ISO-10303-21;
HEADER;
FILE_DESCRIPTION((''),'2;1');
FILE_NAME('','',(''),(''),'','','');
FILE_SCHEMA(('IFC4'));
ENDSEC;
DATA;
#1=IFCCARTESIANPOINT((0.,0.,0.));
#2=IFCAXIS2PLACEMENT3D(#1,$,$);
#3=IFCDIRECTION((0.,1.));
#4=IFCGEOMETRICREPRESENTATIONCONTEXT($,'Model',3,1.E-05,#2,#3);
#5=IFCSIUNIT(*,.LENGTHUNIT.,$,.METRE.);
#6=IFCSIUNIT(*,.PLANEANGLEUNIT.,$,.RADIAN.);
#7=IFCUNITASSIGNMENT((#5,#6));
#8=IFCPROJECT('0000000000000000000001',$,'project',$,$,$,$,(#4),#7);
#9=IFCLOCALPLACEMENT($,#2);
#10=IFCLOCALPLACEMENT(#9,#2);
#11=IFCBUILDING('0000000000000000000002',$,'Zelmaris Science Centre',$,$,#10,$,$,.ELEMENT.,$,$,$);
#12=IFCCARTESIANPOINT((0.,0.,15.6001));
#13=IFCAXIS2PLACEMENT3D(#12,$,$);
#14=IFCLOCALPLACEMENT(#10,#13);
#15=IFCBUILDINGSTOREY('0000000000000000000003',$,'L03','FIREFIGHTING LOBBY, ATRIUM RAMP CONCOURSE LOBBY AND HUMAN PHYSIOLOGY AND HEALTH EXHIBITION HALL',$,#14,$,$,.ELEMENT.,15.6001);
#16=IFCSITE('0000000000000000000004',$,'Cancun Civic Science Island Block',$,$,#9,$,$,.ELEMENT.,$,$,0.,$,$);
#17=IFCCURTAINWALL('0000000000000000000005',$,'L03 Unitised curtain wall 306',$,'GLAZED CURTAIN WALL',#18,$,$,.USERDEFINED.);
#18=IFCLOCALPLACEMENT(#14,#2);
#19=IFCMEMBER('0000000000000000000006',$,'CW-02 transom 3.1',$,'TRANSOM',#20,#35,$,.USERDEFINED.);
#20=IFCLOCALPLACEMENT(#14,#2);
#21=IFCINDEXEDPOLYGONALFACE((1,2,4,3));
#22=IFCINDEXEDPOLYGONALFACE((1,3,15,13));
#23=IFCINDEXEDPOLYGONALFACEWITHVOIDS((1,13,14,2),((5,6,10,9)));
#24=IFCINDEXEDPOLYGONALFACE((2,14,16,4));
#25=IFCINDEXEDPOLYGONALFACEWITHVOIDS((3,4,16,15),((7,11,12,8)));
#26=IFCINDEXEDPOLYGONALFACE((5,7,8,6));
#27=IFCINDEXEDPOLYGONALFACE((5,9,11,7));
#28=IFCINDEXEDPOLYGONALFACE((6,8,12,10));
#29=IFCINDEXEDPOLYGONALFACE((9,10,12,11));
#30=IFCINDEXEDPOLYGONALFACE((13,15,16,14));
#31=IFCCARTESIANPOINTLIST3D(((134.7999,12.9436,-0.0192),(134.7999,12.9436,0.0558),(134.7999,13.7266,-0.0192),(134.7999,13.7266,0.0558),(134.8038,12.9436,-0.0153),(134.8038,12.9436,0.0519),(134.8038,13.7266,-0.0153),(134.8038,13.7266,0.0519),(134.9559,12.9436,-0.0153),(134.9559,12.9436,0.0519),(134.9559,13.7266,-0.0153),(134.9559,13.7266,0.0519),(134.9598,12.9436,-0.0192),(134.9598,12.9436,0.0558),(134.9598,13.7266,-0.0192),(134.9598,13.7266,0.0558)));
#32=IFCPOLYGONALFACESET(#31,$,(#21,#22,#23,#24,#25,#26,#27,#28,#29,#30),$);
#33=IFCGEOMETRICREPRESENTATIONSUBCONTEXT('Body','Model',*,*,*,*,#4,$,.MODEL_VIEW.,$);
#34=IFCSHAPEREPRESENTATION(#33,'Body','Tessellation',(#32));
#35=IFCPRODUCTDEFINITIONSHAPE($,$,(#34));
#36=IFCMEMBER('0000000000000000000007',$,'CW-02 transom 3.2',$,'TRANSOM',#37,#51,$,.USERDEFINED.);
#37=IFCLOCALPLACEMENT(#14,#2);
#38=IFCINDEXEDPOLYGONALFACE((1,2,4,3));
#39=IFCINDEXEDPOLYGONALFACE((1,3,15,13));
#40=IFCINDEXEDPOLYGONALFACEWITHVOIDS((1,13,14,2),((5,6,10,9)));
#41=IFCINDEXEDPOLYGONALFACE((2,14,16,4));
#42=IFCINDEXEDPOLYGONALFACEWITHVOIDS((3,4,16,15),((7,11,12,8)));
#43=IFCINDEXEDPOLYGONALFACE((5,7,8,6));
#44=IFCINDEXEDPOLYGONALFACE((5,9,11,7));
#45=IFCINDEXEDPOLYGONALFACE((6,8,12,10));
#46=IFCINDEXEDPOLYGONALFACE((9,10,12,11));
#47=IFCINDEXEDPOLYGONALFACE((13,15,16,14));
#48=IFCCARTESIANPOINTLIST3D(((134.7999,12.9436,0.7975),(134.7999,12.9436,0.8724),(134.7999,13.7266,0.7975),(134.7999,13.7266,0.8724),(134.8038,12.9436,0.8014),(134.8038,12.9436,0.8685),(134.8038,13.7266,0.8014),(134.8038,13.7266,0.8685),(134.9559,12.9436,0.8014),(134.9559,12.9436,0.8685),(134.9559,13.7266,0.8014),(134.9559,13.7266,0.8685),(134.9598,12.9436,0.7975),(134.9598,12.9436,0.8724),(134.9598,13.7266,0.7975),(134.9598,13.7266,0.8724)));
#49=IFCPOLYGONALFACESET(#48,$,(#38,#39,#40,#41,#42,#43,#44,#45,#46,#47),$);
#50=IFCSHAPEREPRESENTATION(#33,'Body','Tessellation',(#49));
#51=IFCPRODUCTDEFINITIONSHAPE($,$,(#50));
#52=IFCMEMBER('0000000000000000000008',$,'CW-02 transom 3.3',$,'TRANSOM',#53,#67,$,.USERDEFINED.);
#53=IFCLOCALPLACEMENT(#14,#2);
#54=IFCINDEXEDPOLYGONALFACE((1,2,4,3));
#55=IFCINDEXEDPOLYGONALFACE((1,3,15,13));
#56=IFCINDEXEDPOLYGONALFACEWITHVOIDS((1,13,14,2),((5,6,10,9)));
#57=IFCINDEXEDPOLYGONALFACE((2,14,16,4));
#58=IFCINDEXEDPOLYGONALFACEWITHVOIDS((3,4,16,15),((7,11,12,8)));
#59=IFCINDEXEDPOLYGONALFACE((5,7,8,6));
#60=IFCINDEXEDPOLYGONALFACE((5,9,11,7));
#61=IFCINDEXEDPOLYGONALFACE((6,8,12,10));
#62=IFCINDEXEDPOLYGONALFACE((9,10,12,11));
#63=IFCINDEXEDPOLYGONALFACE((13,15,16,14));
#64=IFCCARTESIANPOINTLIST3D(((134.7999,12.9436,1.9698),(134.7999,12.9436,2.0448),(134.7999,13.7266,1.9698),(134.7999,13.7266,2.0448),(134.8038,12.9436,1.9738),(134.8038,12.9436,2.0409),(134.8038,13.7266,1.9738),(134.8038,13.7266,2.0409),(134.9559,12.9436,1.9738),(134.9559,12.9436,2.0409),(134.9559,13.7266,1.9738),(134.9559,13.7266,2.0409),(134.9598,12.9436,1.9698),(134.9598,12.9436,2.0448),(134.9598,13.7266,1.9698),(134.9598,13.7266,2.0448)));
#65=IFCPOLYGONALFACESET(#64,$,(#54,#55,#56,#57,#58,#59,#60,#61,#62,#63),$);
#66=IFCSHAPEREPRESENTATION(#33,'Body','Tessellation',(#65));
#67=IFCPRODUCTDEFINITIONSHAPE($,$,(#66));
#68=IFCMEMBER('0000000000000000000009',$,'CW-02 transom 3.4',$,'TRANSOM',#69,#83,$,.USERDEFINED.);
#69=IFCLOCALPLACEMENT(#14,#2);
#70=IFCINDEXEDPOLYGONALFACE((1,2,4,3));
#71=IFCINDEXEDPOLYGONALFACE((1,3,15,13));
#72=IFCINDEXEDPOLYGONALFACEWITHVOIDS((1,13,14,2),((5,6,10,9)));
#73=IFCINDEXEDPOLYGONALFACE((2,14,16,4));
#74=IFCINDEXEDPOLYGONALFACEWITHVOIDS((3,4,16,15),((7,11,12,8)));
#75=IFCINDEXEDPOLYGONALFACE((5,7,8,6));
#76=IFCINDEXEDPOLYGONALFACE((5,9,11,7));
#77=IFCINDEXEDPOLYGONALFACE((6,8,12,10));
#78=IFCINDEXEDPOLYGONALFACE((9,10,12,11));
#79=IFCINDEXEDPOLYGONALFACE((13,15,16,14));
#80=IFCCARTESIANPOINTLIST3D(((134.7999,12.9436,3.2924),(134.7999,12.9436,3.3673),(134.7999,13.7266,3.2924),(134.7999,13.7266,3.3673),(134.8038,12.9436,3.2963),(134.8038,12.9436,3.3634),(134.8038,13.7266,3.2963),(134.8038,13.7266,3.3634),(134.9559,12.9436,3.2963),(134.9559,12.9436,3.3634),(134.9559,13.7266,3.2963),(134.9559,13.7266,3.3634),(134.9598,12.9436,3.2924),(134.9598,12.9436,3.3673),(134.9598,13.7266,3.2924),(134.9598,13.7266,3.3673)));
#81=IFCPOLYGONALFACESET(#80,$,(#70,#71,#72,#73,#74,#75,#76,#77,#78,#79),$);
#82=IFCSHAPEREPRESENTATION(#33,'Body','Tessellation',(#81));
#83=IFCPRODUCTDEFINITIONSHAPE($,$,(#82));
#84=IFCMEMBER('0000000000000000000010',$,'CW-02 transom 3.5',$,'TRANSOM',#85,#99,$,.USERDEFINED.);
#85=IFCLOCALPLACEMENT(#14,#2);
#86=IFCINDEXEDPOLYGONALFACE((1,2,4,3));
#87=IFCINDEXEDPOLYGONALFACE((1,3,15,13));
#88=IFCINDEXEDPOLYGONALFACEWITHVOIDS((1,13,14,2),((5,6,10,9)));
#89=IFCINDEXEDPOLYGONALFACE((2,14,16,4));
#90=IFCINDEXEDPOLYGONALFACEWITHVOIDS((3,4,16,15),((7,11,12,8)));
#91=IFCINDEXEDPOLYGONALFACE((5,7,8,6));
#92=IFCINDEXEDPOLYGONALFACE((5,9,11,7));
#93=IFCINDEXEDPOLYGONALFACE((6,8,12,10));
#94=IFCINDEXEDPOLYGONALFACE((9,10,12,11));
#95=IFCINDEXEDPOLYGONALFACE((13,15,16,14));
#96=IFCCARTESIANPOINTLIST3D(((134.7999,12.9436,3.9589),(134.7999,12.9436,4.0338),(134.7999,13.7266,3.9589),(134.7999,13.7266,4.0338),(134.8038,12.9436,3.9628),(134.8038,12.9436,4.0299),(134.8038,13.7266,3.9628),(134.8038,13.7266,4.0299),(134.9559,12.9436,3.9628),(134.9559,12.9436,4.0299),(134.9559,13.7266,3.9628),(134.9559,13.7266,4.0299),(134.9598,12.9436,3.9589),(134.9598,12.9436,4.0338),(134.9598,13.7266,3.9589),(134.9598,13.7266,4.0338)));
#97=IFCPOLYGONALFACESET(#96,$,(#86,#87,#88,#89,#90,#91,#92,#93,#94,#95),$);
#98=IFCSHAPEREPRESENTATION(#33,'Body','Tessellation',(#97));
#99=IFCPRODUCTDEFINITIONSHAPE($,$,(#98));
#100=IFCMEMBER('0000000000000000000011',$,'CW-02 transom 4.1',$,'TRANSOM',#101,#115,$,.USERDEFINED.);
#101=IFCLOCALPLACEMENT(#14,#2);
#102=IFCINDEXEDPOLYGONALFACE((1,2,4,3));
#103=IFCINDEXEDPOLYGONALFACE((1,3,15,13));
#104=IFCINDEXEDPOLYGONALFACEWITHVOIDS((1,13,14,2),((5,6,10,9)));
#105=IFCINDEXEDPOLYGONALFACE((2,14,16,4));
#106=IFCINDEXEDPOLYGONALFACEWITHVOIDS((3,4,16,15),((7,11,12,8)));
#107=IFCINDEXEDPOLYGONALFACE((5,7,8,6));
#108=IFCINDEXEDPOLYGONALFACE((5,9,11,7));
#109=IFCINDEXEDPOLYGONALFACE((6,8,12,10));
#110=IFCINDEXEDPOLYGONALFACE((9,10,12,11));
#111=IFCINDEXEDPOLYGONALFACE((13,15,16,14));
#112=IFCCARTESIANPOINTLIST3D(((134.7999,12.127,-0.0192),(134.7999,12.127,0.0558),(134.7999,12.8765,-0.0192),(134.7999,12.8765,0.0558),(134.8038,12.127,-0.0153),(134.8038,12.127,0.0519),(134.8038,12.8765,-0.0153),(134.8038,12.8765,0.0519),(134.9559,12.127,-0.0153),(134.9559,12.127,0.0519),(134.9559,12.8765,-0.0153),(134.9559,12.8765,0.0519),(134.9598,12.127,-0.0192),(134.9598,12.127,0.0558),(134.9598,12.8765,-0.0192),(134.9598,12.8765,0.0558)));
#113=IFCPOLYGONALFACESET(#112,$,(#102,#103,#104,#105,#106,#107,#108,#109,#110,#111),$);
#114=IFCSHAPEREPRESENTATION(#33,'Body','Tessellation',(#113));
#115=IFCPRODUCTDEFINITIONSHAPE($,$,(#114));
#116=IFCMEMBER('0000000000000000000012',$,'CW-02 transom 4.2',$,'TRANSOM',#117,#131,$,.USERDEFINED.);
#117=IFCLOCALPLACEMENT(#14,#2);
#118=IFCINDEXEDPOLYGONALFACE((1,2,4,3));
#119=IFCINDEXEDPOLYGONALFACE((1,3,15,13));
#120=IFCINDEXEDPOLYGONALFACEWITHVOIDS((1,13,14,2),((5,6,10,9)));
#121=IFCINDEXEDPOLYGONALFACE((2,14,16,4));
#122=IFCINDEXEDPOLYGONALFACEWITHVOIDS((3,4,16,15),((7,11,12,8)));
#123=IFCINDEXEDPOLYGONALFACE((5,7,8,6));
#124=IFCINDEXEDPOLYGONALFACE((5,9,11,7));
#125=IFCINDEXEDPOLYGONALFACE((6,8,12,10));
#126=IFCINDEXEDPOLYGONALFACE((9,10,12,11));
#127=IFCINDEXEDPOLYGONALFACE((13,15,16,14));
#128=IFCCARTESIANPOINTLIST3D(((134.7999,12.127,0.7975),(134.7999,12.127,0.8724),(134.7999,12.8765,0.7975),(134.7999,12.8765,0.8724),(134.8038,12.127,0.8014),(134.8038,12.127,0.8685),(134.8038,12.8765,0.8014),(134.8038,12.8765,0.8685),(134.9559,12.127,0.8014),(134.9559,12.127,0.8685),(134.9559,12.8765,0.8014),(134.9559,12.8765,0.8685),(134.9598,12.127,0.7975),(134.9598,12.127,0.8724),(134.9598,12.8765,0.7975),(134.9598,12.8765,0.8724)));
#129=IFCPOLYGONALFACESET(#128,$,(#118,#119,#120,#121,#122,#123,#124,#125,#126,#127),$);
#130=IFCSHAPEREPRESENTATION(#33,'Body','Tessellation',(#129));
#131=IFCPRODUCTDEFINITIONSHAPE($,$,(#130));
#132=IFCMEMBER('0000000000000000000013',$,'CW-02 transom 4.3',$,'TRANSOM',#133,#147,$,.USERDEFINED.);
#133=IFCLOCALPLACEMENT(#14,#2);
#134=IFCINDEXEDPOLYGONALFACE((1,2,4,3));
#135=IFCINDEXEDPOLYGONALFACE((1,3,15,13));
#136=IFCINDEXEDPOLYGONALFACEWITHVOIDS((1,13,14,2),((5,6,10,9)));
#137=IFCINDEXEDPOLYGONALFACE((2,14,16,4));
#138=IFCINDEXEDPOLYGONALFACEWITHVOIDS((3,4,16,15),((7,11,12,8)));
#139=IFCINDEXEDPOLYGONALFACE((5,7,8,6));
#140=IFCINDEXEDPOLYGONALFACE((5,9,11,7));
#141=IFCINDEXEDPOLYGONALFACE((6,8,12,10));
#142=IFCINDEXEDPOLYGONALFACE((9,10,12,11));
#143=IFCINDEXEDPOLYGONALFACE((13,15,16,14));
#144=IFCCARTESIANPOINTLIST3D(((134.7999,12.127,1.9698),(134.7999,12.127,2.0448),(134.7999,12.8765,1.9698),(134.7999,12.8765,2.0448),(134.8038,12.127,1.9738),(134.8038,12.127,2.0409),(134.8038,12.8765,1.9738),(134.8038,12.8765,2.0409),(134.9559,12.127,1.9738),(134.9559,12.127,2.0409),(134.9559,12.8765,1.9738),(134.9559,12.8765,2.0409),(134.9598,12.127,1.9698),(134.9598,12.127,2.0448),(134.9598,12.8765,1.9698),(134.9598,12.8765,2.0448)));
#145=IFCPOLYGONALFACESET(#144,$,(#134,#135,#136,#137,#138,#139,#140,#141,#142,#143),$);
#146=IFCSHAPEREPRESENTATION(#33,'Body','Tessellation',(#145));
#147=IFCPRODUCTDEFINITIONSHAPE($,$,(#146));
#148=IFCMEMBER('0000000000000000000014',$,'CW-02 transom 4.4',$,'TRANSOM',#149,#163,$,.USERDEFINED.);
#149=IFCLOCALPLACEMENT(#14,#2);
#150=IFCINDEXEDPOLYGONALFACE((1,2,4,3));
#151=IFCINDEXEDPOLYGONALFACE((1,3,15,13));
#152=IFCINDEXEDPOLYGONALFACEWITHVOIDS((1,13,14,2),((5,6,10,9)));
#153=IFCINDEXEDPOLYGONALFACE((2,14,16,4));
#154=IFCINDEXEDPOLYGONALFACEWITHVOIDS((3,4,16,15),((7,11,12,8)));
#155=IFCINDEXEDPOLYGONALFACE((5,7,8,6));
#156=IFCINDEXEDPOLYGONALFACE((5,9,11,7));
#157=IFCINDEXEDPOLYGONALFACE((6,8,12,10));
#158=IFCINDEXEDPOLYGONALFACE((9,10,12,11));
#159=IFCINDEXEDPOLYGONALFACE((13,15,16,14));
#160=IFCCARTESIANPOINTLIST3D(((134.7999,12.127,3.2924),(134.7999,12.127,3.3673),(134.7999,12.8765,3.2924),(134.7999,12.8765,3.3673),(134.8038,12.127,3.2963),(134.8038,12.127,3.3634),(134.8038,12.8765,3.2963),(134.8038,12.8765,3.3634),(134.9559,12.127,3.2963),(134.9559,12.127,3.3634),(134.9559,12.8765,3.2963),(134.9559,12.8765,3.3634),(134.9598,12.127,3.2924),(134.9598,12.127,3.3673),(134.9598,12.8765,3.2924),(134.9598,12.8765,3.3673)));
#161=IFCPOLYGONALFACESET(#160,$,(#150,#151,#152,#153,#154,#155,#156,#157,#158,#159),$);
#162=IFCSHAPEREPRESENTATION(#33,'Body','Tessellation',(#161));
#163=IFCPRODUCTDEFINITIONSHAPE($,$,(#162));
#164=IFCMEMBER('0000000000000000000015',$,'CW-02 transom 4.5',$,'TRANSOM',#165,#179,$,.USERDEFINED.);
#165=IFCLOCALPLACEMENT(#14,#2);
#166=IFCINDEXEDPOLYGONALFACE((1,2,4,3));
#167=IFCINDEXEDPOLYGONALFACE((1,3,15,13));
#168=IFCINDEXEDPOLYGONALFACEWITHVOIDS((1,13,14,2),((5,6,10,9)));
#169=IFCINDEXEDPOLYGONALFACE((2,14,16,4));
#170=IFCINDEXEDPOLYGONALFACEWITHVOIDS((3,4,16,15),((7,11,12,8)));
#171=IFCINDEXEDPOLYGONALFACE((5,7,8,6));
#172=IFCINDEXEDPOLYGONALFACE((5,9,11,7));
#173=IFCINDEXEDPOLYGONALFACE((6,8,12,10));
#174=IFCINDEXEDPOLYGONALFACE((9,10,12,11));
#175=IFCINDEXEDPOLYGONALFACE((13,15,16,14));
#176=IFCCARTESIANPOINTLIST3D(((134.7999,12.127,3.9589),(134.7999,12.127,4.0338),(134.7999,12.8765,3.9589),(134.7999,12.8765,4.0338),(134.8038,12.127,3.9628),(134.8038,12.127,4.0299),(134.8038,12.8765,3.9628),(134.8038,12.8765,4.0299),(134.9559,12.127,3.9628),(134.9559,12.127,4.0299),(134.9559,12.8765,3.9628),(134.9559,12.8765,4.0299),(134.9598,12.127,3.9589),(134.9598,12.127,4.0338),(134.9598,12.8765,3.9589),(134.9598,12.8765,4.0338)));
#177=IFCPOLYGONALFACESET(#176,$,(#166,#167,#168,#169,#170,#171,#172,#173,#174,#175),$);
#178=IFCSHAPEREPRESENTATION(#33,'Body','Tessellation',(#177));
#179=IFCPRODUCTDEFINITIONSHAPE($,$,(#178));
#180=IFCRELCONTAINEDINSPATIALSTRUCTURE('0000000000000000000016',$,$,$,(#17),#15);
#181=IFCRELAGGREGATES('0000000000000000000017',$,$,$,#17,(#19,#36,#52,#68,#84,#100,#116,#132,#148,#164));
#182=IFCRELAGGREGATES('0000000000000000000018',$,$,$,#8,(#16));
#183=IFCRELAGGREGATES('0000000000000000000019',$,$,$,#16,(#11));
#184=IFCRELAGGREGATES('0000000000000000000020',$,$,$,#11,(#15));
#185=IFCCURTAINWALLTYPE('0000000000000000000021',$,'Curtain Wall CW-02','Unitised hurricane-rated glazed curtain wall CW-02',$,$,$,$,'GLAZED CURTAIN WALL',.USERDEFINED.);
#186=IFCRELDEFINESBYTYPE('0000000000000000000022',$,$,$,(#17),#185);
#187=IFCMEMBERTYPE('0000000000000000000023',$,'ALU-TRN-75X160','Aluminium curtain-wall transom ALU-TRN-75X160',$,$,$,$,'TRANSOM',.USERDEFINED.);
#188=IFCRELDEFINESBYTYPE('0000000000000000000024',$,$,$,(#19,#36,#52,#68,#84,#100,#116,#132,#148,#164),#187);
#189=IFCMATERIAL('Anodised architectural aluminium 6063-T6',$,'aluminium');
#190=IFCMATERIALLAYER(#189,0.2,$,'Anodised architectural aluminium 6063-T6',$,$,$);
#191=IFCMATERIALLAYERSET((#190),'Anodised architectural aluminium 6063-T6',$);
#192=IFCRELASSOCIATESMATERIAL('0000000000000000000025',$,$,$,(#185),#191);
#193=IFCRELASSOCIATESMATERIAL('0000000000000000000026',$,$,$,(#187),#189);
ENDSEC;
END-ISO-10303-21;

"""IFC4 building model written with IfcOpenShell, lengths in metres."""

from ifc_helpers import new_model, si_unit, direction, frame, origin, origin_2d, place, context, subcontext, project, spatial, hollow_rectangle, extrude, material, layer, layer_set, material_profile, profile_set, type_object, element, aggregate, save


model = new_model("IFC4")

# Units and contexts
model_context = context("Model", 3, precision=1e-05, world=origin(), true_north=direction((0.0, 1.0)))
body_context = subcontext(model_context, "Body", "Model", "MODEL_VIEW")
ifc_project = project(units=[si_unit("LENGTHUNIT", "METRE"), si_unit("PLANEANGLEUNIT", "RADIAN")], contexts=[model_context])

# Site, building, storey
site_placement = place(None, origin())
site = spatial("IfcSite", under=ifc_project, at=site_placement, Name="Cancun Civic Science Island Block", CompositionType="ELEMENT", RefElevation=0.0)
building_placement = place(site_placement, origin())
building = spatial("IfcBuilding", under=site, at=building_placement, Name="Zelmaris Science Centre", CompositionType="ELEMENT")
storey_placement = place(building_placement, frame((0.0, 0.0, 15.6001)))
storey = spatial("IfcBuildingStorey", under=building, at=storey_placement, Name="L03", Description="FIREFIGHTING LOBBY, ATRIUM RAMP CONCOURSE LOBBY AND HUMAN PHYSIOLOGY AND HEALTH EXHIBITION HALL", CompositionType="ELEMENT", Elevation=15.6001)

# Curtain wall, members
ifc_material_1 = material(Name="Anodised architectural aluminium 6063-T6", Category="aluminium")
ifc_layer_1 = layer(ifc_material_1, 0.2, Name="Anodised architectural aluminium 6063-T6")
ifc_layer_set_1 = layer_set([ifc_layer_1], Name="Anodised architectural aluminium 6063-T6")
curtain_wall_type = type_object("IfcCurtainWallType", Name="Curtain Wall CW-02", Description="Unitised hurricane-rated glazed curtain wall CW-02", ElementType="GLAZED CURTAIN WALL", PredefinedType="USERDEFINED", material=ifc_layer_set_1)
curtain_wall_placement = place(storey_placement, origin())
curtain_wall = element("IfcCurtainWall", 1, at=curtain_wall_placement, inside=storey, type_object=curtain_wall_type, Name="L03 Unitised curtain wall 306", ObjectType="GLAZED CURTAIN WALL", PredefinedType="USERDEFINED")
ifc_material_profile_1 = material_profile(ifc_material_1, hollow_rectangle(XDim=0.075, YDim=0.1599, WallThickness=0.0039, at=origin_2d()), Name="ALU-TRN-75X160")
ifc_profile_set_1 = profile_set([ifc_material_profile_1], Name="Anodised architectural aluminium 6063-T6")
member_type_1 = type_object("IfcMemberType", Name="ALU-TRN-75X160", Description="Aluminium curtain-wall transom ALU-TRN-75X160", ElementType="TRANSOM", PredefinedType="USERDEFINED", material=ifc_profile_set_1)
member_1_placement = place(storey_placement, frame((134.8799, 13.7266, 0.0183), z_axis=(0.0, -1.0, 0.0), x_axis=(0.0, 0.0, 1.0)))
member_1 = element("IfcMember", 2, at=member_1_placement, type_object=member_type_1, Name="CW-02 transom 3.1", ObjectType="TRANSOM", PredefinedType="USERDEFINED", context=body_context, shape_type="SweptSolid", body=[
    extrude(hollow_rectangle(XDim=0.075, YDim=0.1599, WallThickness=0.0039, at=origin_2d()), origin(), (0.0, 0.0, 1.0), 0.783),
])
member_2_placement = place(storey_placement, frame((134.8799, 13.7266, 0.835), z_axis=(0.0, -1.0, 0.0), x_axis=(0.0, 0.0, 1.0)))
member_2 = element("IfcMember", 3, at=member_2_placement, type_object=member_type_1, Name="CW-02 transom 3.2", ObjectType="TRANSOM", PredefinedType="USERDEFINED", context=body_context, shape_type="SweptSolid", body=[
    extrude(hollow_rectangle(XDim=0.075, YDim=0.1599, WallThickness=0.0039, at=origin_2d()), origin(), (0.0, 0.0, 1.0), 0.783),
])
member_3_placement = place(storey_placement, frame((134.8799, 13.7266, 2.0073), z_axis=(0.0, -1.0, 0.0), x_axis=(0.0, 0.0, 1.0)))
member_3 = element("IfcMember", 4, at=member_3_placement, type_object=member_type_1, Name="CW-02 transom 3.3", ObjectType="TRANSOM", PredefinedType="USERDEFINED", context=body_context, shape_type="SweptSolid", body=[
    extrude(hollow_rectangle(XDim=0.075, YDim=0.1599, WallThickness=0.0039, at=origin_2d()), origin(), (0.0, 0.0, 1.0), 0.783),
])
member_4_placement = place(storey_placement, frame((134.8799, 13.7266, 3.3298), z_axis=(0.0, -1.0, 0.0), x_axis=(0.0, 0.0, 1.0)))
member_4 = element("IfcMember", 5, at=member_4_placement, type_object=member_type_1, Name="CW-02 transom 3.4", ObjectType="TRANSOM", PredefinedType="USERDEFINED", context=body_context, shape_type="SweptSolid", body=[
    extrude(hollow_rectangle(XDim=0.075, YDim=0.1599, WallThickness=0.0039, at=origin_2d()), origin(), (0.0, 0.0, 1.0), 0.783),
])
member_5_placement = place(storey_placement, frame((134.8799, 13.7266, 3.9963), z_axis=(0.0, -1.0, 0.0), x_axis=(0.0, 0.0, 1.0)))
member_5 = element("IfcMember", 6, at=member_5_placement, type_object=member_type_1, Name="CW-02 transom 3.5", ObjectType="TRANSOM", PredefinedType="USERDEFINED", context=body_context, shape_type="SweptSolid", body=[
    extrude(hollow_rectangle(XDim=0.075, YDim=0.1599, WallThickness=0.0039, at=origin_2d()), origin(), (0.0, 0.0, 1.0), 0.783),
])
member_6_placement = place(storey_placement, frame((134.8799, 12.8765, 0.0183), z_axis=(0.0, -1.0, 0.0), x_axis=(0.0, 0.0, 1.0)))
member_6 = element("IfcMember", 7, at=member_6_placement, type_object=member_type_1, Name="CW-02 transom 4.1", ObjectType="TRANSOM", PredefinedType="USERDEFINED", context=body_context, shape_type="SweptSolid", body=[
    extrude(hollow_rectangle(XDim=0.075, YDim=0.1599, WallThickness=0.0039, at=origin_2d()), origin(), (0.0, 0.0, 1.0), 0.7495),
])
member_7_placement = place(storey_placement, frame((134.8799, 12.8765, 0.835), z_axis=(0.0, -1.0, 0.0), x_axis=(0.0, 0.0, 1.0)))
member_7 = element("IfcMember", 8, at=member_7_placement, type_object=member_type_1, Name="CW-02 transom 4.2", ObjectType="TRANSOM", PredefinedType="USERDEFINED", context=body_context, shape_type="SweptSolid", body=[
    extrude(hollow_rectangle(XDim=0.075, YDim=0.1599, WallThickness=0.0039, at=origin_2d()), origin(), (0.0, 0.0, 1.0), 0.7495),
])
member_8_placement = place(storey_placement, frame((134.8799, 12.8765, 2.0073), z_axis=(0.0, -1.0, 0.0), x_axis=(0.0, 0.0, 1.0)))
member_8 = element("IfcMember", 9, at=member_8_placement, type_object=member_type_1, Name="CW-02 transom 4.3", ObjectType="TRANSOM", PredefinedType="USERDEFINED", context=body_context, shape_type="SweptSolid", body=[
    extrude(hollow_rectangle(XDim=0.075, YDim=0.1599, WallThickness=0.0039, at=origin_2d()), origin(), (0.0, 0.0, 1.0), 0.7495),
])
member_9_placement = place(storey_placement, frame((134.8799, 12.8765, 3.3298), z_axis=(0.0, -1.0, 0.0), x_axis=(0.0, 0.0, 1.0)))
member_9 = element("IfcMember", 10, at=member_9_placement, type_object=member_type_1, Name="CW-02 transom 4.4", ObjectType="TRANSOM", PredefinedType="USERDEFINED", context=body_context, shape_type="SweptSolid", body=[
    extrude(hollow_rectangle(XDim=0.075, YDim=0.1599, WallThickness=0.0039, at=origin_2d()), origin(), (0.0, 0.0, 1.0), 0.7495),
])
member_10_placement = place(storey_placement, frame((134.8799, 12.8765, 3.9963), z_axis=(0.0, -1.0, 0.0), x_axis=(0.0, 0.0, 1.0)))
member_10 = element("IfcMember", 11, at=member_10_placement, type_object=member_type_1, Name="CW-02 transom 4.5", ObjectType="TRANSOM", PredefinedType="USERDEFINED", context=body_context, shape_type="SweptSolid", body=[
    extrude(hollow_rectangle(XDim=0.075, YDim=0.1599, WallThickness=0.0039, at=origin_2d()), origin(), (0.0, 0.0, 1.0), 0.7495),
])

aggregate(curtain_wall, [member_1, member_2, member_3, member_4, member_5, member_6, member_7, member_8, member_9, member_10])

save(model, "model.ifc")
